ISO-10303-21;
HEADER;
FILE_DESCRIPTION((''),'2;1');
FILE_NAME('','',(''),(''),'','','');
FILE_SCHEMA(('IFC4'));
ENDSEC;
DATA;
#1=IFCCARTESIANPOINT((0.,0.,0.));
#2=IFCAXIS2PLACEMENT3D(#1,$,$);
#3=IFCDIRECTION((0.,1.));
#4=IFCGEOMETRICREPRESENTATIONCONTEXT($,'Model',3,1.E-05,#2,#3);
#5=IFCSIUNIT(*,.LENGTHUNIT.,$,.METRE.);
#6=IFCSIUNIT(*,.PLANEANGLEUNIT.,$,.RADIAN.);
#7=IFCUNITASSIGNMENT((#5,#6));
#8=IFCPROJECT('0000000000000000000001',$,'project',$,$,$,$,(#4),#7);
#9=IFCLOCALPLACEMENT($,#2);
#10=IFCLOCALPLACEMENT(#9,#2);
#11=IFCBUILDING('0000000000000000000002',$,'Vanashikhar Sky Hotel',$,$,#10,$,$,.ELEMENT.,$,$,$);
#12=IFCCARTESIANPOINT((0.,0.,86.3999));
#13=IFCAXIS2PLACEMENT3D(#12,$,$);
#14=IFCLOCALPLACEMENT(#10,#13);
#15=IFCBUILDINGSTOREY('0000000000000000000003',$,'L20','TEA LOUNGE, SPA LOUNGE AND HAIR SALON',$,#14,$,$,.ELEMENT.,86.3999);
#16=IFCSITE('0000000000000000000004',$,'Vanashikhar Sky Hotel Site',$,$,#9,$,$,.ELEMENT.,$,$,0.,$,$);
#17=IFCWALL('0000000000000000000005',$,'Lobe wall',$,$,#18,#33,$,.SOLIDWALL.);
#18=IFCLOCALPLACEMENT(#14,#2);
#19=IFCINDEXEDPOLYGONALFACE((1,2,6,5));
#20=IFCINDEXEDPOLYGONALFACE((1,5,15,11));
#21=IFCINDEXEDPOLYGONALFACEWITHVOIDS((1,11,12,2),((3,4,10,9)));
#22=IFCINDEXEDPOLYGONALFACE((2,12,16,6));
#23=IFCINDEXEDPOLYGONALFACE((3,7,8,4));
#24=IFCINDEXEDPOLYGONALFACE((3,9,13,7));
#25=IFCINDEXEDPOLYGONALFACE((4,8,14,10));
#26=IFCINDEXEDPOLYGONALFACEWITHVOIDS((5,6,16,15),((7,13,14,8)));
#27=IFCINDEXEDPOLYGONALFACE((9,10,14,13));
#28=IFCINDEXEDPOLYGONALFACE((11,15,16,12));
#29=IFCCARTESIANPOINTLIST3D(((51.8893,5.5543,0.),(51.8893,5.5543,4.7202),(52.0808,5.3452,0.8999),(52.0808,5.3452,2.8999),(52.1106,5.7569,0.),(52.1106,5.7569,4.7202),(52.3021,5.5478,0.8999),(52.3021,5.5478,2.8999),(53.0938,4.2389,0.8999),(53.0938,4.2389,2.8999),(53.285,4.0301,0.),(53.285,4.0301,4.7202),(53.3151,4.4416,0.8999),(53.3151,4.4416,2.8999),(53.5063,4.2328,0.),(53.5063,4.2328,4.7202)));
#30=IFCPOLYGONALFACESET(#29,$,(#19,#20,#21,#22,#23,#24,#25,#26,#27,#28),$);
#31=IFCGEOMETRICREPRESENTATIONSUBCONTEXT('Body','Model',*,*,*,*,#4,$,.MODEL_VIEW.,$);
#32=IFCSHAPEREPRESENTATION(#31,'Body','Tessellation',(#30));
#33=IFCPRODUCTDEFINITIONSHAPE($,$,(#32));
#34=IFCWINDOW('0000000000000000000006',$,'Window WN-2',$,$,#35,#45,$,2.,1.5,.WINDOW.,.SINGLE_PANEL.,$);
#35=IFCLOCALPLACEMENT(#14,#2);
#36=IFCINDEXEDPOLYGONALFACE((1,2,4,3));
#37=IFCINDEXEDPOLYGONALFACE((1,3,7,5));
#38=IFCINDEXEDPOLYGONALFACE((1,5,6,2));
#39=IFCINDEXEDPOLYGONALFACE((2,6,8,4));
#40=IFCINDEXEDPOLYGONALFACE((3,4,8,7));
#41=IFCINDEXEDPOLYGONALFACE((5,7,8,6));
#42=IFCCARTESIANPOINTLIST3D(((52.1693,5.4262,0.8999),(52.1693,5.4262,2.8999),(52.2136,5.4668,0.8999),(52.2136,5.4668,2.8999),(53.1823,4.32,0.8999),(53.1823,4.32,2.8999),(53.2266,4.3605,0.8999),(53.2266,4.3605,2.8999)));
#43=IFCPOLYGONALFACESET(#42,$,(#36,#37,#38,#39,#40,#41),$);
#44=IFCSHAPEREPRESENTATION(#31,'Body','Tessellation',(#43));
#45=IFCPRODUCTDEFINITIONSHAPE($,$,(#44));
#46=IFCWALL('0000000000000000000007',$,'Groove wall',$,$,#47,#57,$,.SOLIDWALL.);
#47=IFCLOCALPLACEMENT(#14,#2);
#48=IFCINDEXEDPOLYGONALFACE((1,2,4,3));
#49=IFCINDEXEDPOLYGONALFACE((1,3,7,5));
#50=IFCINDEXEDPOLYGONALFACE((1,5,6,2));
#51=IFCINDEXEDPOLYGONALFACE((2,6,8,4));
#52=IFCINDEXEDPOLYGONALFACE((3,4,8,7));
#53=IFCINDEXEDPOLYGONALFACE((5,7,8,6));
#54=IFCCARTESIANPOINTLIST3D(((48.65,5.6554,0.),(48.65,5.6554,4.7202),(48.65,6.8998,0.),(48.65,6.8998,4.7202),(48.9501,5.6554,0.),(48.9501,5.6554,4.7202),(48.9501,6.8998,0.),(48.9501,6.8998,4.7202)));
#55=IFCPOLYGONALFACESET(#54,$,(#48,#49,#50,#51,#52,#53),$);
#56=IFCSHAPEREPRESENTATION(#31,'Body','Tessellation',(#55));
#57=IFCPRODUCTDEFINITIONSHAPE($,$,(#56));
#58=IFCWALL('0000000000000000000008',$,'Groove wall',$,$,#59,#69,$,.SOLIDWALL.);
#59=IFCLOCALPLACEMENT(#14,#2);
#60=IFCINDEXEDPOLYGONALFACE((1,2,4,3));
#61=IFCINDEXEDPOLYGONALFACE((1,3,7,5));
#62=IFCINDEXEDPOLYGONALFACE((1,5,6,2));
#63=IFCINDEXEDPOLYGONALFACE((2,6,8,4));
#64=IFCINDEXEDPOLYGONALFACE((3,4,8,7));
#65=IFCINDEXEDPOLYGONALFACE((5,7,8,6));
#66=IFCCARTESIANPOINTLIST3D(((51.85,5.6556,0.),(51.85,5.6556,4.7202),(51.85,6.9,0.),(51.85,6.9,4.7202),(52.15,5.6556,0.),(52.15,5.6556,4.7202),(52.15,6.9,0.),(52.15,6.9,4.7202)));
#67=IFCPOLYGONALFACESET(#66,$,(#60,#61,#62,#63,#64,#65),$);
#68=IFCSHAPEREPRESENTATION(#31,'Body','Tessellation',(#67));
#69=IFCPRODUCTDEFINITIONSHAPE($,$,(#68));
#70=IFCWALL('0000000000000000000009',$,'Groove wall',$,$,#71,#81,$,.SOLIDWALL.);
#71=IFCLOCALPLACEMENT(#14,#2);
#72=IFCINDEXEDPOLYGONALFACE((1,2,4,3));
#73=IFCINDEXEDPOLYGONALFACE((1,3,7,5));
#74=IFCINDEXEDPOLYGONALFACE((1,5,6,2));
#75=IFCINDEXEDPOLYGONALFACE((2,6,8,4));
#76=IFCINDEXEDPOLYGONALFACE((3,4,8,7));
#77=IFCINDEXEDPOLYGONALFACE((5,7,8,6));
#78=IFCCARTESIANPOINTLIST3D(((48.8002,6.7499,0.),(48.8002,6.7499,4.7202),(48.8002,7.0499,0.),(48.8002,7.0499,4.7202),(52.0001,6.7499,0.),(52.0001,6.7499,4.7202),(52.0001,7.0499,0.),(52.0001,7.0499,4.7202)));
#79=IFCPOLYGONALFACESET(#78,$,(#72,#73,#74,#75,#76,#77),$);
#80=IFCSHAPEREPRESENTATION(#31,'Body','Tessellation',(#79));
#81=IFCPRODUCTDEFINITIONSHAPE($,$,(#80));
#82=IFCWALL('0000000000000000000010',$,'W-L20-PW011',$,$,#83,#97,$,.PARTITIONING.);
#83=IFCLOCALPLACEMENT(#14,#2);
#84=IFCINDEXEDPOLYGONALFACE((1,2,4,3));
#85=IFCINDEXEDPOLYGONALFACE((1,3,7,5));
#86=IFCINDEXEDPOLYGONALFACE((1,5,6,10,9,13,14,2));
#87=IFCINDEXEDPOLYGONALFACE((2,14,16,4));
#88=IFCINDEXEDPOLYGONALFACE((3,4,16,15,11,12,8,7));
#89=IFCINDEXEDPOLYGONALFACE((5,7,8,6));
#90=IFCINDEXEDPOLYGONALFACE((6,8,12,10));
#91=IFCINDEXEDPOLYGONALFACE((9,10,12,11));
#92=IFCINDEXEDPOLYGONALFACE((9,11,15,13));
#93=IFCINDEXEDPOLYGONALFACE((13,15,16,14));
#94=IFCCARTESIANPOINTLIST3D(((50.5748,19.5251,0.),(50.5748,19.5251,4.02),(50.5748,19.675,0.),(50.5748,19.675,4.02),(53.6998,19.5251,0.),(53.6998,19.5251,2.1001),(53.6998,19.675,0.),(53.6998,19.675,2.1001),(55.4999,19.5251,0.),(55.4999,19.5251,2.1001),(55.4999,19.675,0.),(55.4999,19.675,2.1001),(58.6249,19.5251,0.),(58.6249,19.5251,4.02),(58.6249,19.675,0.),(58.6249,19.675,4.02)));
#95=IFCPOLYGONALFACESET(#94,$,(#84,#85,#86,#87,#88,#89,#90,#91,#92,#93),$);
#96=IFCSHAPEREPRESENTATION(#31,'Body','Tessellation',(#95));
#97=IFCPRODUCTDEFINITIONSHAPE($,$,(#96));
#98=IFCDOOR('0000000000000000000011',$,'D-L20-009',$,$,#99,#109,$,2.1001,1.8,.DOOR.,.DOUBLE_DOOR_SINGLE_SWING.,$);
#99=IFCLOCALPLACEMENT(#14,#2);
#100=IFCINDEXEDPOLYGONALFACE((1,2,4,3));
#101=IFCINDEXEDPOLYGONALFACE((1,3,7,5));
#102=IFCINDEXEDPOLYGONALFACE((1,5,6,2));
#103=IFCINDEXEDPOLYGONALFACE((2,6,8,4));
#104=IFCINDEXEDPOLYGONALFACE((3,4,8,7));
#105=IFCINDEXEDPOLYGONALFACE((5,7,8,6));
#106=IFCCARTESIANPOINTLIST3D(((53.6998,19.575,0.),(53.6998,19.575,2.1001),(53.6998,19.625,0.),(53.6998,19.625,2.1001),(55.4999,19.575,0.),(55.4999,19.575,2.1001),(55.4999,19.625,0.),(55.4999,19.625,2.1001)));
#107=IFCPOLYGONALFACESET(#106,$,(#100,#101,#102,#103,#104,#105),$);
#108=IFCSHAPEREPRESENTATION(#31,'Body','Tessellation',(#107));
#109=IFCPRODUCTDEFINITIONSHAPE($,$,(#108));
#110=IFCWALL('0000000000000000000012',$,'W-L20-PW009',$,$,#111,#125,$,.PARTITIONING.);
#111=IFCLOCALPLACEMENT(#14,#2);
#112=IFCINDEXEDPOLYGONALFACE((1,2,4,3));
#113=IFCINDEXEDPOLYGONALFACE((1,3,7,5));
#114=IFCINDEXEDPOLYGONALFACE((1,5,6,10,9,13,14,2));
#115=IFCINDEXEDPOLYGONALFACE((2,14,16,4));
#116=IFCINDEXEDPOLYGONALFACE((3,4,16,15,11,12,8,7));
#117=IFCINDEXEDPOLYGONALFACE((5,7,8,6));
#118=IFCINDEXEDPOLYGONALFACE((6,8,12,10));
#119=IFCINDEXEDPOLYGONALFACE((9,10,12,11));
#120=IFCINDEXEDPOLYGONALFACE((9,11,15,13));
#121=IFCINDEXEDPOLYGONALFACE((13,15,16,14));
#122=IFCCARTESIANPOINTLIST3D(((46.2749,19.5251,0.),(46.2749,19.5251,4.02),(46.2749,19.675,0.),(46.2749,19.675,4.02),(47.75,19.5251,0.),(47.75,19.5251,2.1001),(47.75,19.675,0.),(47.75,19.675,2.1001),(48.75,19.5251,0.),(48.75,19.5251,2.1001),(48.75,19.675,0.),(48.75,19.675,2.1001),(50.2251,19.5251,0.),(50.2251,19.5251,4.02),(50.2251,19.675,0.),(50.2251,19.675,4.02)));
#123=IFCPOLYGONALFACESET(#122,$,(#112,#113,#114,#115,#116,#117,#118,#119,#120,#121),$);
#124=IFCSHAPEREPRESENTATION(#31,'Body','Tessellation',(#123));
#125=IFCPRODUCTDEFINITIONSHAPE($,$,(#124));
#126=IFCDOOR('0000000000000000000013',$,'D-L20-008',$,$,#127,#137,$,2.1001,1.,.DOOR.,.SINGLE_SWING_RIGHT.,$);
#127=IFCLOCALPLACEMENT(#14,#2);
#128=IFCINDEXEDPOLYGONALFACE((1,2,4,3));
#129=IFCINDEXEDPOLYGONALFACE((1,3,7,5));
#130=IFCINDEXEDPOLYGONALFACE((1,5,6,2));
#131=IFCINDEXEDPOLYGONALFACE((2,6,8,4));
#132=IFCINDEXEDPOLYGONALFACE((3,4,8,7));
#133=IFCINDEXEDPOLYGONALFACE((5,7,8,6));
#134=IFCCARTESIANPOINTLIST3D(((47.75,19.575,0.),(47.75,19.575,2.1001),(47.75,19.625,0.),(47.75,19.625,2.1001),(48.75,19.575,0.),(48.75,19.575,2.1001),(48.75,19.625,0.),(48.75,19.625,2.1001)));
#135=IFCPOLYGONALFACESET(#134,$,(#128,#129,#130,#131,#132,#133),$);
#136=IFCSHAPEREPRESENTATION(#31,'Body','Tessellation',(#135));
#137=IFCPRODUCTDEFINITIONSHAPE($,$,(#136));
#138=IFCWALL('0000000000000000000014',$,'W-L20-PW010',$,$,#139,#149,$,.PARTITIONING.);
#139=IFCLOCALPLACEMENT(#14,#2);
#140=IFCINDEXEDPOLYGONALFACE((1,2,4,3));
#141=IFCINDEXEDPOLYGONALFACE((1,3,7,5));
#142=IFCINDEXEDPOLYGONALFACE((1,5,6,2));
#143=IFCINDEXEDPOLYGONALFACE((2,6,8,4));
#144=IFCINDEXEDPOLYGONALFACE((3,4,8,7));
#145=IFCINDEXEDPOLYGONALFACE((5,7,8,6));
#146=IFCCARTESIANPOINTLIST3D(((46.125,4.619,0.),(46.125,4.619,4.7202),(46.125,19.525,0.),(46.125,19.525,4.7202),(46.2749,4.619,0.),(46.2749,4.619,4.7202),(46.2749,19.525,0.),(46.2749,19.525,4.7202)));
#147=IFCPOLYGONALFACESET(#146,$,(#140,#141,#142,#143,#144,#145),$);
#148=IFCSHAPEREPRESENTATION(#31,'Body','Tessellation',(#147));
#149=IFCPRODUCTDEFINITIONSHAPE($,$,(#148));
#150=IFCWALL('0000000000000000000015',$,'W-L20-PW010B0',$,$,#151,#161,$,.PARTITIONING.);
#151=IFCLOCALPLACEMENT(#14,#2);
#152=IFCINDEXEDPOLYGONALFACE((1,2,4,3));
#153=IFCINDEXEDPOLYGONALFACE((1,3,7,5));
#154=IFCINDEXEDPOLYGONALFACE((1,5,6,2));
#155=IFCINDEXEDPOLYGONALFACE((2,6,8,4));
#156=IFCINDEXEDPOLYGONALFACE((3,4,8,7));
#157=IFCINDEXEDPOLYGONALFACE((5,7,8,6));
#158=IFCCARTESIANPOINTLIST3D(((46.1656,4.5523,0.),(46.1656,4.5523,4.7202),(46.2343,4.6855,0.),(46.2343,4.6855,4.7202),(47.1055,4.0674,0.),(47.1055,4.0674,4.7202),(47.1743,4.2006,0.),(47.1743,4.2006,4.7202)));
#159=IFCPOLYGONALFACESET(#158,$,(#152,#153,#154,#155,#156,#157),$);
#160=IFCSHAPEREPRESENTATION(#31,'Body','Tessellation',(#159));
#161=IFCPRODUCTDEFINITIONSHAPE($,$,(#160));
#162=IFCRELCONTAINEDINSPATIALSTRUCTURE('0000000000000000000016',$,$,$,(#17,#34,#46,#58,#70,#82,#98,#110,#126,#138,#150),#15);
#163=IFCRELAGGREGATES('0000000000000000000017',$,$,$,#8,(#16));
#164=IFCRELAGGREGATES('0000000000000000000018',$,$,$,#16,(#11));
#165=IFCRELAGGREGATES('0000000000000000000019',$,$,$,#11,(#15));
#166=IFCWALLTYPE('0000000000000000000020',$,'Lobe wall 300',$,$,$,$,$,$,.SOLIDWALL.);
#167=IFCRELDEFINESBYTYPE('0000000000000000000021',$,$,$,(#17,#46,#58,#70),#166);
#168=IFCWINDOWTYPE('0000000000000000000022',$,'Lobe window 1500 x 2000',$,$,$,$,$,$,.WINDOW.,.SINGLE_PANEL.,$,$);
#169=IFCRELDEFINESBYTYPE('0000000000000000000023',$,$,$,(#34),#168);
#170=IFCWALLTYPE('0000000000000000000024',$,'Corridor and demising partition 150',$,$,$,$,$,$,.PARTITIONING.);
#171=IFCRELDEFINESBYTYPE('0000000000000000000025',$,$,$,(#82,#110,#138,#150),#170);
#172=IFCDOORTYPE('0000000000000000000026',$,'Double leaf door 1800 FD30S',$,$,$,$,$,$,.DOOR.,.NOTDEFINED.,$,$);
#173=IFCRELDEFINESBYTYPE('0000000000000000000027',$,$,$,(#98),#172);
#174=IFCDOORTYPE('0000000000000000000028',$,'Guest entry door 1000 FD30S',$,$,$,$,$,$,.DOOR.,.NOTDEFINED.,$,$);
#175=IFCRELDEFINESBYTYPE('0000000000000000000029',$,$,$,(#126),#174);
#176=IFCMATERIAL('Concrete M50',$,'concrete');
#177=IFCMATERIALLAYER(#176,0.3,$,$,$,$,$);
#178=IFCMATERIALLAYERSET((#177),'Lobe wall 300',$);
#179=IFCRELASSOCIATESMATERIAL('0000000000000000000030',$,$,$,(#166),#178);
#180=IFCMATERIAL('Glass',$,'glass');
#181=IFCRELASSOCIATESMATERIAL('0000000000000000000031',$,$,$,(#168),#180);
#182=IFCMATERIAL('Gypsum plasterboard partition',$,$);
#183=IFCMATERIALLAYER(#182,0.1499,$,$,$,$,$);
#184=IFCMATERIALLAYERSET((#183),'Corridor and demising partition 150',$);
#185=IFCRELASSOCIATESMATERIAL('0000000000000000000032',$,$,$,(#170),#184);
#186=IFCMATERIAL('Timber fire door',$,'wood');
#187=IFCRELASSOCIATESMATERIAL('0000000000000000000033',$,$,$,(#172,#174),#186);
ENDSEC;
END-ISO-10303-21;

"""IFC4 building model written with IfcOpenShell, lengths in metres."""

from ifc_helpers import new_model, si_unit, direction, frame, frame_2d, origin, place, context, subcontext, project, spatial, rectangle, extrude, source, transform, mapped, material, layer, layer_set, type_object, element, fill, save


model = new_model("IFC4")

# Units and contexts
model_context = context("Model", 3, precision=1e-05, world=origin(), true_north=direction((0.0, 1.0)))
body_context = subcontext(model_context, "Body", "Model", "MODEL_VIEW")
ifc_project = project(units=[si_unit("LENGTHUNIT", "METRE"), si_unit("PLANEANGLEUNIT", "RADIAN")], contexts=[model_context])

# Site, building, storey
site_placement = place(None, origin())
site = spatial("IfcSite", under=ifc_project, at=site_placement, Name="Vanashikhar Sky Hotel Site", CompositionType="ELEMENT", RefElevation=0.0)
building_placement = place(site_placement, origin())
building = spatial("IfcBuilding", under=site, at=building_placement, Name="Vanashikhar Sky Hotel", CompositionType="ELEMENT")
storey_placement = place(building_placement, frame((0.0, 0.0, 86.3999)))
storey = spatial("IfcBuildingStorey", under=building, at=storey_placement, Name="L20", Description="TEA LOUNGE, SPA LOUNGE AND HAIR SALON", CompositionType="ELEMENT", Elevation=86.3999)

# Shared definitions
ifc_material_1 = material(Name="Concrete M50", Category="concrete")

# Wall, opening, window
ifc_layer_1 = layer(ifc_material_1, 0.3)
ifc_layer_set_1 = layer_set([ifc_layer_1], Name="Lobe wall 300")
wall_type_1 = type_object("IfcWallType", Name="Lobe wall 300", PredefinedType="SOLIDWALL", material=ifc_layer_set_1)
shared_shape_1 = source(origin(), body_context, "Body", "SweptSolid", [
    extrude(rectangle(XDim=1.5, YDim=2.0, at=frame_2d((0.75, 1.0))), frame((0.0, 0.1602, 0.0), z_axis=(0.0, -1.0, 0.0), x_axis=(1.0, 0.0, 0.0)), (0.0, 0.0, 1.0), 0.3201),
])
ifc_material_2 = material(Name="Glass", Category="glass")
window_type = type_object("IfcWindowType", Name="Lobe window 1500 x 2000", PartitioningType="SINGLE_PANEL", PredefinedType="WINDOW", material=ifc_material_2)
shared_shape_2 = source(origin(), body_context, "Body", "SweptSolid", [
    extrude(rectangle(XDim=1.5, YDim=2.0, at=frame_2d((0.75, 1.0))), frame((0.0, 0.03, 0.0), z_axis=(0.0, -1.0, 0.0), x_axis=(1.0, 0.0, 0.0)), (0.0, 0.0, 1.0), 0.0601),
])
shared_shape_3 = source(origin(), body_context, "Body", "SweptSolid", [
    extrude(rectangle(XDim=2.0667, YDim=0.3, at=frame_2d((1.0332, 0.0))), origin(), (0.0, 0.0, 1.0), 4.7202),
])
wall_1_placement = place(storey_placement, frame((52.0, 5.6555, 0.0), z_axis=(0.0, 0.0, 1.0), x_axis=(0.675355, -0.737492, 0.0)))
wall_1 = element("IfcWall", 1, at=wall_1_placement, inside=storey, type_object=wall_type_1, Name="Lobe wall", PredefinedType="SOLIDWALL", context=body_context, shape_type="MappedRepresentation", body=[
    mapped(shared_shape_3, transform((0.0, 0.0, 0.0), scale=1.0)),
])
opening_1_placement = place(wall_1_placement, frame((0.2834, 0.0, 0.8999)))
opening_1 = element("IfcOpeningElement", 2, at=opening_1_placement, cuts=wall_1, PredefinedType="OPENING", context=body_context, shape_type="MappedRepresentation", body=[
    mapped(shared_shape_1, transform((0.0, 0.0, 0.0), scale=1.0)),
])
window_1_placement = place(opening_1_placement, origin())
window_1 = element("IfcWindow", 3, at=window_1_placement, inside=storey, type_object=window_type, Name="Window WN-2", OverallHeight=2.0, OverallWidth=1.5, PartitioningType="SINGLE_PANEL", PredefinedType="WINDOW", context=body_context, shape_type="MappedRepresentation", body=[
    mapped(shared_shape_2, transform((0.0, 0.0, 0.0), scale=1.0)),
])
fill(opening_1, window_1)

# Walls
shared_shape_4 = source(origin(), body_context, "Body", "SweptSolid", [
    extrude(rectangle(XDim=1.2444, YDim=0.3, at=frame_2d((0.6221, 0.0))), origin(), (0.0, 0.0, 1.0), 4.7202),
])
for number, where, z_axis, x_axis, name in (
    (4, (48.8, 5.6555, 0.0), (0.0, 0.0, 1.0), (0.0, 1.0, 0.0), "Groove wall"),
    (5, (52.0, 6.8999, 0.0), (0.0, 0.0, 1.0), (0.0, -1.0, 0.0), "Groove wall"),
):
    element("IfcWall", number, at=place(storey_placement, frame(where, z_axis=z_axis, x_axis=x_axis)), inside=storey, type_object=wall_type_1, Name=name, PredefinedType="SOLIDWALL", context=body_context, shape_type="MappedRepresentation", body=[
        mapped(shared_shape_4, transform((0.0, 0.0, 0.0), scale=1.0)),
    ])
shared_shape_5 = source(origin(), body_context, "Body", "SweptSolid", [
    extrude(rectangle(XDim=3.2, YDim=0.3, at=frame_2d((1.6001, 0.0))), origin(), (0.0, 0.0, 1.0), 4.7202),
])
wall_2_placement = place(storey_placement, frame((48.8, 6.8999, 0.0), z_axis=(0.0, 0.0, 1.0), x_axis=(1.0, 0.0, 0.0)))
element("IfcWall", 6, at=wall_2_placement, inside=storey, type_object=wall_type_1, Name="Groove wall", PredefinedType="SOLIDWALL", context=body_context, shape_type="MappedRepresentation", body=[
    mapped(shared_shape_5, transform((0.0, 0.0, 0.0), scale=1.0)),
])

# Walls, openings, doors
ifc_material_3 = material(Name="Gypsum plasterboard partition")
ifc_layer_2 = layer(ifc_material_3, 0.1499)
ifc_layer_set_2 = layer_set([ifc_layer_2], Name="Corridor and demising partition 150")
wall_type_2 = type_object("IfcWallType", Name="Corridor and demising partition 150", PredefinedType="PARTITIONING", material=ifc_layer_set_2)
shared_shape_6 = source(origin(), body_context, "Body", "SweptSolid", [
    extrude(rectangle(XDim=8.05, YDim=0.1499, at=frame_2d((4.0249, 0.0))), origin(), (0.0, 0.0, 1.0), 4.02),
])
wall_3_placement = place(storey_placement, frame((50.575, 19.6001, 0.0), z_axis=(0.0, 0.0, 1.0), x_axis=(1.0, 0.0, 0.0)))
wall_3 = element("IfcWall", 7, at=wall_3_placement, inside=storey, type_object=wall_type_2, Name="W-L20-PW011", PredefinedType="PARTITIONING", context=body_context, shape_type="MappedRepresentation", body=[
    mapped(shared_shape_6, transform((0.0, 0.0, 0.0), scale=1.0)),
])
shared_shape_7 = source(origin(), body_context, "Body", "SweptSolid", [
    extrude(rectangle(XDim=1.8, YDim=2.1001, at=frame_2d((0.8999, 1.05))), frame((0.0, 0.085, 0.0), z_axis=(0.0, -1.0, 0.0), x_axis=(1.0, 0.0, 0.0)), (0.0, 0.0, 1.0), 0.1699),
])
opening_2_placement = place(wall_3_placement, frame((3.125, 0.0, 0.0)))
opening_2 = element("IfcOpeningElement", 8, at=opening_2_placement, cuts=wall_3, PredefinedType="OPENING", context=body_context, shape_type="MappedRepresentation", body=[
    mapped(shared_shape_7, transform((0.0, 0.0, 0.0), scale=1.0)),
])
ifc_material_4 = material(Name="Timber fire door", Category="wood")
door_type_1 = type_object("IfcDoorType", Name="Double leaf door 1800 FD30S", OperationType="NOTDEFINED", PredefinedType="DOOR", material=ifc_material_4)
shared_shape_8 = source(origin(), body_context, "Body", "SweptSolid", [
    extrude(rectangle(XDim=1.8, YDim=2.1001, at=frame_2d((0.8999, 1.05))), frame((0.0, 0.0249, 0.0), z_axis=(0.0, -1.0, 0.0), x_axis=(1.0, 0.0, 0.0)), (0.0, 0.0, 1.0), 0.05),
])
door_1_placement = place(opening_2_placement, origin())
door_1 = element("IfcDoor", 9, at=door_1_placement, inside=storey, type_object=door_type_1, Name="D-L20-009", OperationType="DOUBLE_DOOR_SINGLE_SWING", OverallHeight=2.1001, OverallWidth=1.8, PredefinedType="DOOR", context=body_context, shape_type="MappedRepresentation", body=[
    mapped(shared_shape_8, transform((0.0, 0.0, 0.0), scale=1.0)),
])
fill(opening_2, door_1)
shared_shape_9 = source(origin(), body_context, "Body", "SweptSolid", [
    extrude(rectangle(XDim=3.9502, YDim=0.1499, at=frame_2d((1.9751, 0.0))), origin(), (0.0, 0.0, 1.0), 4.02),
])
wall_4_placement = place(storey_placement, frame((46.2749, 19.6001, 0.0), z_axis=(0.0, 0.0, 1.0), x_axis=(1.0, 0.0, 0.0)))
wall_4 = element("IfcWall", 10, at=wall_4_placement, inside=storey, type_object=wall_type_2, Name="W-L20-PW009", PredefinedType="PARTITIONING", context=body_context, shape_type="MappedRepresentation", body=[
    mapped(shared_shape_9, transform((0.0, 0.0, 0.0), scale=1.0)),
])
shared_shape_10 = source(origin(), body_context, "Body", "SweptSolid", [
    extrude(rectangle(XDim=1.0, YDim=2.1001, at=frame_2d((0.5, 1.05))), frame((0.0, 0.085, 0.0), z_axis=(0.0, -1.0, 0.0), x_axis=(1.0, 0.0, 0.0)), (0.0, 0.0, 1.0), 0.1699),
])
opening_3_placement = place(wall_4_placement, frame((1.4751, 0.0, 0.0)))
opening_3 = element("IfcOpeningElement", 11, at=opening_3_placement, cuts=wall_4, PredefinedType="OPENING", context=body_context, shape_type="MappedRepresentation", body=[
    mapped(shared_shape_10, transform((0.0, 0.0, 0.0), scale=1.0)),
])
door_type_2 = type_object("IfcDoorType", Name="Guest entry door 1000 FD30S", OperationType="NOTDEFINED", PredefinedType="DOOR", material=ifc_material_4)
shared_shape_11 = source(origin(), body_context, "Body", "SweptSolid", [
    extrude(rectangle(XDim=1.0, YDim=2.1001, at=frame_2d((0.5, 1.05))), frame((0.0, 0.0249, 0.0), z_axis=(0.0, -1.0, 0.0), x_axis=(1.0, 0.0, 0.0)), (0.0, 0.0, 1.0), 0.05),
])
door_2_placement = place(opening_3_placement, origin())
door_2 = element("IfcDoor", 12, at=door_2_placement, inside=storey, type_object=door_type_2, Name="D-L20-008", OperationType="SINGLE_SWING_RIGHT", OverallHeight=2.1001, OverallWidth=1.0, PredefinedType="DOOR", context=body_context, shape_type="MappedRepresentation", body=[
    mapped(shared_shape_11, transform((0.0, 0.0, 0.0), scale=1.0)),
])
fill(opening_3, door_2)

# Walls
shared_shape_12 = source(origin(), body_context, "Body", "SweptSolid", [
    extrude(rectangle(XDim=14.906, YDim=0.1499, at=frame_2d((7.4531, 0.0))), origin(), (0.0, 0.0, 1.0), 4.7202),
])
wall_5_placement = place(storey_placement, frame((46.2, 4.6189, 0.0), z_axis=(0.0, 0.0, 1.0), x_axis=(0.0, 1.0, 0.0)))
element("IfcWall", 13, at=wall_5_placement, inside=storey, type_object=wall_type_2, Name="W-L20-PW010", PredefinedType="PARTITIONING", context=body_context, shape_type="MappedRepresentation", body=[
    mapped(shared_shape_12, transform((0.0, 0.0, 0.0), scale=1.0)),
])
shared_shape_13 = source(origin(), body_context, "Body", "SweptSolid", [
    extrude(rectangle(XDim=1.0576, YDim=0.1499, at=frame_2d((0.5288, 0.0))), origin(), (0.0, 0.0, 1.0), 4.7202),
])
wall_6_placement = place(storey_placement, frame((47.1399, 4.134, 0.0), z_axis=(0.0, 0.0, 1.0), x_axis=(-0.888724, 0.458443, 0.0)))
element("IfcWall", 14, at=wall_6_placement, inside=storey, type_object=wall_type_2, Name="W-L20-PW010B0", PredefinedType="PARTITIONING", context=body_context, shape_type="MappedRepresentation", body=[
    mapped(shared_shape_13, transform((0.0, 0.0, 0.0), scale=1.0)),
])

save(model, "model.ifc")
